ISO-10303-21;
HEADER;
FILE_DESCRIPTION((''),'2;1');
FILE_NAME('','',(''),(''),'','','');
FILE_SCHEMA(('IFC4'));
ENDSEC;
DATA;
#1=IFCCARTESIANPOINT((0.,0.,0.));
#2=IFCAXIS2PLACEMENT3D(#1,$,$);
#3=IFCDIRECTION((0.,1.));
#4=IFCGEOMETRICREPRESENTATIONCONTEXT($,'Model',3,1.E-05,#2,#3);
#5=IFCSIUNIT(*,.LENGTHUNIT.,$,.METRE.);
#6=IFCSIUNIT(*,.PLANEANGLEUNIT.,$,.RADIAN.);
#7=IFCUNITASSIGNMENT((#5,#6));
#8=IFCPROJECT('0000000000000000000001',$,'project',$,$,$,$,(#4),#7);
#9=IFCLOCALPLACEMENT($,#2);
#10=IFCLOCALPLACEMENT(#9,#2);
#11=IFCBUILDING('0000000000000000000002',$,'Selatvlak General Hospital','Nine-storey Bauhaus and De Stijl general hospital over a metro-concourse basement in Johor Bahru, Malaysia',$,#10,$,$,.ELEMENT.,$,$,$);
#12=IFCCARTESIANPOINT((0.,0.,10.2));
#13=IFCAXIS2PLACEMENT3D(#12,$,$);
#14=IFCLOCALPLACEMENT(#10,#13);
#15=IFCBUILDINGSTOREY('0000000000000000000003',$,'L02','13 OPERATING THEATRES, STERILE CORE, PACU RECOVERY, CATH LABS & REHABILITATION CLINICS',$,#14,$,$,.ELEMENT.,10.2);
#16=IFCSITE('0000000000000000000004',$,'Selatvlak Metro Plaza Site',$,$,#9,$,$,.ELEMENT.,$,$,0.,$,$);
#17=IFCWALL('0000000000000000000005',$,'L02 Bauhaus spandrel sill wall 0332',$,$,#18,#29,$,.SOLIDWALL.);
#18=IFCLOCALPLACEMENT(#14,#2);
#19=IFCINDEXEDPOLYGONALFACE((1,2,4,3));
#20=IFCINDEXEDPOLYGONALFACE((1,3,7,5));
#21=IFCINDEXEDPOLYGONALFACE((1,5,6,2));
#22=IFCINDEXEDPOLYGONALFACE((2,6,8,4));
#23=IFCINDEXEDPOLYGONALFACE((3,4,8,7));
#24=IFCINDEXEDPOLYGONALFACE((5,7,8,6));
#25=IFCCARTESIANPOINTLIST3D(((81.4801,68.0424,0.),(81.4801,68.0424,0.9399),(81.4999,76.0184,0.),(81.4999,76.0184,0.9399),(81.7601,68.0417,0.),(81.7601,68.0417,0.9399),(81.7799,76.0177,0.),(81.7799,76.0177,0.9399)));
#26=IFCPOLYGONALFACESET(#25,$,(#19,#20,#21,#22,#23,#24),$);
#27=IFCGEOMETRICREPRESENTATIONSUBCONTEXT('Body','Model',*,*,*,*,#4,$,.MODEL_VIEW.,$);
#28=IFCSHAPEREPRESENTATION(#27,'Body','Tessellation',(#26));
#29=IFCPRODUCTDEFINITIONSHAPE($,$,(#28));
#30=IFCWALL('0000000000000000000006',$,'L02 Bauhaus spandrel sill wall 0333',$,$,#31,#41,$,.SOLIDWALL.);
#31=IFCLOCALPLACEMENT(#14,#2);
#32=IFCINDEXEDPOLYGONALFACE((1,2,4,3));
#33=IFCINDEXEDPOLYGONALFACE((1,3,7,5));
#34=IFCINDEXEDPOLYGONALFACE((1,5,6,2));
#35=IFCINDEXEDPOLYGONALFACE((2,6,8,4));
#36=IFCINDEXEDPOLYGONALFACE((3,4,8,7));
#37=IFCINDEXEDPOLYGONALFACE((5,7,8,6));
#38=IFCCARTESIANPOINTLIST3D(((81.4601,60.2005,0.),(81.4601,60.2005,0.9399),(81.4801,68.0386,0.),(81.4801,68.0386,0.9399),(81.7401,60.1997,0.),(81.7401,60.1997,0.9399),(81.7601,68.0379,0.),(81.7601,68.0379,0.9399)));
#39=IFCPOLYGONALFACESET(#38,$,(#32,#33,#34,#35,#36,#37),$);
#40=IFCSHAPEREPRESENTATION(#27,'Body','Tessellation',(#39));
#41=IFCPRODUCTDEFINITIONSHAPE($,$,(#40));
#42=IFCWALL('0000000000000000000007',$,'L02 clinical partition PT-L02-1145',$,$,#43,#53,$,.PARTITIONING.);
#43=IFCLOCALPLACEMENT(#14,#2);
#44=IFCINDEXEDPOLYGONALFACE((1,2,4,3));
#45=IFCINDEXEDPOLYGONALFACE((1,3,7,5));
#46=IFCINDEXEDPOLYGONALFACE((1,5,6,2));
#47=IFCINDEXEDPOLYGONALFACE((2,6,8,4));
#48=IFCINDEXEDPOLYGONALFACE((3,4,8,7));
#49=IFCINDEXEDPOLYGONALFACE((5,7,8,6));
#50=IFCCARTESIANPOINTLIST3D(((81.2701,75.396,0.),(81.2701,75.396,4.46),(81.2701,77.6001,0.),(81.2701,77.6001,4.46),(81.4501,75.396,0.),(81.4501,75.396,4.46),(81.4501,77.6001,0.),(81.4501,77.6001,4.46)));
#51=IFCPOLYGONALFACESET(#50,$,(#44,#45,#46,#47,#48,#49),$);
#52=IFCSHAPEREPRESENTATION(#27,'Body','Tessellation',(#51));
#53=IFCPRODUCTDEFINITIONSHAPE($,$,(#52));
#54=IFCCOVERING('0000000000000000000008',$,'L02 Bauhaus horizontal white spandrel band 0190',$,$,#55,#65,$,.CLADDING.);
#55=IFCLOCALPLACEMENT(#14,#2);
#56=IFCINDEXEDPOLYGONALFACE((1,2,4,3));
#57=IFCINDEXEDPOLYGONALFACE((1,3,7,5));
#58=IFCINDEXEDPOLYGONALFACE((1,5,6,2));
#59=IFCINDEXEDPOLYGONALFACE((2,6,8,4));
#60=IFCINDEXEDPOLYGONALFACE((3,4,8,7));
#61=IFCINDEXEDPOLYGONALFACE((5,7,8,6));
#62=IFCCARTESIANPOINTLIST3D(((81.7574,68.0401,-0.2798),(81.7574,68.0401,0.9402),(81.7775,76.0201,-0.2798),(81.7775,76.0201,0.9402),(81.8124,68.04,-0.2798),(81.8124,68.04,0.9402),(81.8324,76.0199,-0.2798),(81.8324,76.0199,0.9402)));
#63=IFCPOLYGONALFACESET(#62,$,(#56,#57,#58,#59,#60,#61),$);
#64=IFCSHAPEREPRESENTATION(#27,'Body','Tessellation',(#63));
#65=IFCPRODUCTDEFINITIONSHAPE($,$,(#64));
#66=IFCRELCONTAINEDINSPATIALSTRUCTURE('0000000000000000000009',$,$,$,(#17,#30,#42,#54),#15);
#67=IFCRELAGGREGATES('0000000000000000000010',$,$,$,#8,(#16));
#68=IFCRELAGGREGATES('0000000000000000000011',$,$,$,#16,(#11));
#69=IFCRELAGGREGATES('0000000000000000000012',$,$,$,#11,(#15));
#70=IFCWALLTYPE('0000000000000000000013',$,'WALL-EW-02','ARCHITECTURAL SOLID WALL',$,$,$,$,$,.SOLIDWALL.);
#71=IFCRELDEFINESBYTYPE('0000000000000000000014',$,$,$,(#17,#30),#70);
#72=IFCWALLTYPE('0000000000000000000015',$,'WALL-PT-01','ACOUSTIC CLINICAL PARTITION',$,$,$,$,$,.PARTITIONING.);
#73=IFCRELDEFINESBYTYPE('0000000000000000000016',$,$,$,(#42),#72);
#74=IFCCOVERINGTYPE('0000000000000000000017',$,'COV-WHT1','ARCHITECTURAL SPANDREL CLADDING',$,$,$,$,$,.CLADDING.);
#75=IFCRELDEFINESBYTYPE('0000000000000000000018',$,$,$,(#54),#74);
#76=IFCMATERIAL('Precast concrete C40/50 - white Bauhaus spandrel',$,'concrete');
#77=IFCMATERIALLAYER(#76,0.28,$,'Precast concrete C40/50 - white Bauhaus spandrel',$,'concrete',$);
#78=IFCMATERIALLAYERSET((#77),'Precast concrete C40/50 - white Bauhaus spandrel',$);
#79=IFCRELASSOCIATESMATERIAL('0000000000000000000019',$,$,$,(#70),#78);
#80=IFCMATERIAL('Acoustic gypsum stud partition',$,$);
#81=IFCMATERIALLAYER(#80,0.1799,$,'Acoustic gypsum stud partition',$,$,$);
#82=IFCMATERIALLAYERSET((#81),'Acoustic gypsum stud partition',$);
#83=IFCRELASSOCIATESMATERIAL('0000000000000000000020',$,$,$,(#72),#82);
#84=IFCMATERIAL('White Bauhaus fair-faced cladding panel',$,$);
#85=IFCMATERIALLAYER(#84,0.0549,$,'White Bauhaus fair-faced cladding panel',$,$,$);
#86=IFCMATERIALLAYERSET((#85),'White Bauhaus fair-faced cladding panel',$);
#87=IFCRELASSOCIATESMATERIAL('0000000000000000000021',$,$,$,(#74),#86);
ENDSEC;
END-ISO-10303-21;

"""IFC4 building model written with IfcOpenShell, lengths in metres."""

from ifc_helpers import new_model, si_unit, direction, frame, frame_2d, origin, origin_2d, place, context, subcontext, project, spatial, rectangle, extrude, material, layer, layer_set, type_object, element, save


model = new_model("IFC4")

# Units and contexts
model_context = context("Model", 3, precision=1e-05, world=origin(), true_north=direction((0.0, 1.0)))
body_context = subcontext(model_context, "Body", "Model", "MODEL_VIEW")
ifc_project = project(units=[si_unit("LENGTHUNIT", "METRE"), si_unit("PLANEANGLEUNIT", "RADIAN")], contexts=[model_context])

# Site, building, storey
site_placement = place(None, origin())
site = spatial("IfcSite", under=ifc_project, at=site_placement, Name="Selatvlak Metro Plaza Site", CompositionType="ELEMENT", RefElevation=0.0)
building_placement = place(site_placement, origin())
building = spatial("IfcBuilding", under=site, at=building_placement, Name="Selatvlak General Hospital", Description="Nine-storey Bauhaus and De Stijl general hospital over a metro-concourse basement in Johor Bahru, Malaysia", CompositionType="ELEMENT")
storey_placement = place(building_placement, frame((0.0, 0.0, 10.2)))
storey = spatial("IfcBuildingStorey", under=building, at=storey_placement, Name="L02", Description="13 OPERATING THEATRES, STERILE CORE, PACU RECOVERY, CATH LABS & REHABILITATION CLINICS", CompositionType="ELEMENT", Elevation=10.2)

# Walls
ifc_material_1 = material(Name="Precast concrete C40/50 - white Bauhaus spandrel", Category="concrete")
ifc_layer_1 = layer(ifc_material_1, 0.28, Name="Precast concrete C40/50 - white Bauhaus spandrel", Category="concrete")
ifc_layer_set_1 = layer_set([ifc_layer_1], Name="Precast concrete C40/50 - white Bauhaus spandrel")
wall_type_1 = type_object("IfcWallType", Name="WALL-EW-02", Description="ARCHITECTURAL SOLID WALL", PredefinedType="SOLIDWALL", material=ifc_layer_set_1)
wall_1_placement = place(storey_placement, frame((81.6399, 76.0181, 0.0), z_axis=(0.0, 0.0, 1.0), x_axis=(-0.002479, -0.999997, 0.0)))
element("IfcWall", 1, at=wall_1_placement, inside=storey, type_object=wall_type_1, Name="L02 Bauhaus spandrel sill wall 0332", PredefinedType="SOLIDWALL", context=body_context, shape_type="SweptSolid", body=[
    extrude(rectangle(XDim=7.9761, YDim=0.28, at=frame_2d((3.988, 0.0))), origin(), (0.0, 0.0, 1.0), 0.9399),
])
wall_2_placement = place(storey_placement, frame((81.6201, 68.0381, 0.0), z_axis=(0.0, 0.0, 1.0), x_axis=(-0.002554, -0.999997, 0.0)))
element("IfcWall", 2, at=wall_2_placement, inside=storey, type_object=wall_type_1, Name="L02 Bauhaus spandrel sill wall 0333", PredefinedType="SOLIDWALL", context=body_context, shape_type="SweptSolid", body=[
    extrude(rectangle(XDim=7.8381, YDim=0.28, at=frame_2d((3.9189, 0.0))), origin(), (0.0, 0.0, 1.0), 0.9399),
])
ifc_material_2 = material(Name="Acoustic gypsum stud partition")
ifc_layer_2 = layer(ifc_material_2, 0.1799, Name="Acoustic gypsum stud partition")
ifc_layer_set_2 = layer_set([ifc_layer_2], Name="Acoustic gypsum stud partition")
wall_type_2 = type_object("IfcWallType", Name="WALL-PT-01", Description="ACOUSTIC CLINICAL PARTITION", PredefinedType="PARTITIONING", material=ifc_layer_set_2)
wall_3_placement = place(storey_placement, frame((81.3601, 75.396, 0.0), z_axis=(0.0, 0.0, 1.0), x_axis=(0.0, 1.0, 0.0)))
element("IfcWall", 3, at=wall_3_placement, inside=storey, type_object=wall_type_2, Name="L02 clinical partition PT-L02-1145", PredefinedType="PARTITIONING", context=body_context, shape_type="SweptSolid", body=[
    extrude(rectangle(XDim=2.2041, YDim=0.1799, at=frame_2d((1.1021, 0.0))), origin(), (0.0, 0.0, 1.0), 4.46),
])

# Covering
ifc_material_3 = material(Name="White Bauhaus fair-faced cladding panel")
ifc_layer_3 = layer(ifc_material_3, 0.0549, Name="White Bauhaus fair-faced cladding panel")
ifc_layer_set_3 = layer_set([ifc_layer_3], Name="White Bauhaus fair-faced cladding panel")
covering_type = type_object("IfcCoveringType", Name="COV-WHT1", Description="ARCHITECTURAL SPANDREL CLADDING", PredefinedType="CLADDING", material=ifc_layer_set_3)
covering_placement = place(storey_placement, frame((81.7949, 72.03, -0.2798), z_axis=(0.0, 0.0, 1.0), x_axis=(-0.002513, -0.999997, 0.0)))
element("IfcCovering", 4, at=covering_placement, inside=storey, type_object=covering_type, Name="L02 Bauhaus horizontal white spandrel band 0190", PredefinedType="CLADDING", context=body_context, shape_type="SweptSolid", body=[
    extrude(rectangle(XDim=7.98, YDim=0.0549, at=origin_2d()), origin(), (0.0, 0.0, 1.0), 1.22),
])

save(model, "model.ifc")
